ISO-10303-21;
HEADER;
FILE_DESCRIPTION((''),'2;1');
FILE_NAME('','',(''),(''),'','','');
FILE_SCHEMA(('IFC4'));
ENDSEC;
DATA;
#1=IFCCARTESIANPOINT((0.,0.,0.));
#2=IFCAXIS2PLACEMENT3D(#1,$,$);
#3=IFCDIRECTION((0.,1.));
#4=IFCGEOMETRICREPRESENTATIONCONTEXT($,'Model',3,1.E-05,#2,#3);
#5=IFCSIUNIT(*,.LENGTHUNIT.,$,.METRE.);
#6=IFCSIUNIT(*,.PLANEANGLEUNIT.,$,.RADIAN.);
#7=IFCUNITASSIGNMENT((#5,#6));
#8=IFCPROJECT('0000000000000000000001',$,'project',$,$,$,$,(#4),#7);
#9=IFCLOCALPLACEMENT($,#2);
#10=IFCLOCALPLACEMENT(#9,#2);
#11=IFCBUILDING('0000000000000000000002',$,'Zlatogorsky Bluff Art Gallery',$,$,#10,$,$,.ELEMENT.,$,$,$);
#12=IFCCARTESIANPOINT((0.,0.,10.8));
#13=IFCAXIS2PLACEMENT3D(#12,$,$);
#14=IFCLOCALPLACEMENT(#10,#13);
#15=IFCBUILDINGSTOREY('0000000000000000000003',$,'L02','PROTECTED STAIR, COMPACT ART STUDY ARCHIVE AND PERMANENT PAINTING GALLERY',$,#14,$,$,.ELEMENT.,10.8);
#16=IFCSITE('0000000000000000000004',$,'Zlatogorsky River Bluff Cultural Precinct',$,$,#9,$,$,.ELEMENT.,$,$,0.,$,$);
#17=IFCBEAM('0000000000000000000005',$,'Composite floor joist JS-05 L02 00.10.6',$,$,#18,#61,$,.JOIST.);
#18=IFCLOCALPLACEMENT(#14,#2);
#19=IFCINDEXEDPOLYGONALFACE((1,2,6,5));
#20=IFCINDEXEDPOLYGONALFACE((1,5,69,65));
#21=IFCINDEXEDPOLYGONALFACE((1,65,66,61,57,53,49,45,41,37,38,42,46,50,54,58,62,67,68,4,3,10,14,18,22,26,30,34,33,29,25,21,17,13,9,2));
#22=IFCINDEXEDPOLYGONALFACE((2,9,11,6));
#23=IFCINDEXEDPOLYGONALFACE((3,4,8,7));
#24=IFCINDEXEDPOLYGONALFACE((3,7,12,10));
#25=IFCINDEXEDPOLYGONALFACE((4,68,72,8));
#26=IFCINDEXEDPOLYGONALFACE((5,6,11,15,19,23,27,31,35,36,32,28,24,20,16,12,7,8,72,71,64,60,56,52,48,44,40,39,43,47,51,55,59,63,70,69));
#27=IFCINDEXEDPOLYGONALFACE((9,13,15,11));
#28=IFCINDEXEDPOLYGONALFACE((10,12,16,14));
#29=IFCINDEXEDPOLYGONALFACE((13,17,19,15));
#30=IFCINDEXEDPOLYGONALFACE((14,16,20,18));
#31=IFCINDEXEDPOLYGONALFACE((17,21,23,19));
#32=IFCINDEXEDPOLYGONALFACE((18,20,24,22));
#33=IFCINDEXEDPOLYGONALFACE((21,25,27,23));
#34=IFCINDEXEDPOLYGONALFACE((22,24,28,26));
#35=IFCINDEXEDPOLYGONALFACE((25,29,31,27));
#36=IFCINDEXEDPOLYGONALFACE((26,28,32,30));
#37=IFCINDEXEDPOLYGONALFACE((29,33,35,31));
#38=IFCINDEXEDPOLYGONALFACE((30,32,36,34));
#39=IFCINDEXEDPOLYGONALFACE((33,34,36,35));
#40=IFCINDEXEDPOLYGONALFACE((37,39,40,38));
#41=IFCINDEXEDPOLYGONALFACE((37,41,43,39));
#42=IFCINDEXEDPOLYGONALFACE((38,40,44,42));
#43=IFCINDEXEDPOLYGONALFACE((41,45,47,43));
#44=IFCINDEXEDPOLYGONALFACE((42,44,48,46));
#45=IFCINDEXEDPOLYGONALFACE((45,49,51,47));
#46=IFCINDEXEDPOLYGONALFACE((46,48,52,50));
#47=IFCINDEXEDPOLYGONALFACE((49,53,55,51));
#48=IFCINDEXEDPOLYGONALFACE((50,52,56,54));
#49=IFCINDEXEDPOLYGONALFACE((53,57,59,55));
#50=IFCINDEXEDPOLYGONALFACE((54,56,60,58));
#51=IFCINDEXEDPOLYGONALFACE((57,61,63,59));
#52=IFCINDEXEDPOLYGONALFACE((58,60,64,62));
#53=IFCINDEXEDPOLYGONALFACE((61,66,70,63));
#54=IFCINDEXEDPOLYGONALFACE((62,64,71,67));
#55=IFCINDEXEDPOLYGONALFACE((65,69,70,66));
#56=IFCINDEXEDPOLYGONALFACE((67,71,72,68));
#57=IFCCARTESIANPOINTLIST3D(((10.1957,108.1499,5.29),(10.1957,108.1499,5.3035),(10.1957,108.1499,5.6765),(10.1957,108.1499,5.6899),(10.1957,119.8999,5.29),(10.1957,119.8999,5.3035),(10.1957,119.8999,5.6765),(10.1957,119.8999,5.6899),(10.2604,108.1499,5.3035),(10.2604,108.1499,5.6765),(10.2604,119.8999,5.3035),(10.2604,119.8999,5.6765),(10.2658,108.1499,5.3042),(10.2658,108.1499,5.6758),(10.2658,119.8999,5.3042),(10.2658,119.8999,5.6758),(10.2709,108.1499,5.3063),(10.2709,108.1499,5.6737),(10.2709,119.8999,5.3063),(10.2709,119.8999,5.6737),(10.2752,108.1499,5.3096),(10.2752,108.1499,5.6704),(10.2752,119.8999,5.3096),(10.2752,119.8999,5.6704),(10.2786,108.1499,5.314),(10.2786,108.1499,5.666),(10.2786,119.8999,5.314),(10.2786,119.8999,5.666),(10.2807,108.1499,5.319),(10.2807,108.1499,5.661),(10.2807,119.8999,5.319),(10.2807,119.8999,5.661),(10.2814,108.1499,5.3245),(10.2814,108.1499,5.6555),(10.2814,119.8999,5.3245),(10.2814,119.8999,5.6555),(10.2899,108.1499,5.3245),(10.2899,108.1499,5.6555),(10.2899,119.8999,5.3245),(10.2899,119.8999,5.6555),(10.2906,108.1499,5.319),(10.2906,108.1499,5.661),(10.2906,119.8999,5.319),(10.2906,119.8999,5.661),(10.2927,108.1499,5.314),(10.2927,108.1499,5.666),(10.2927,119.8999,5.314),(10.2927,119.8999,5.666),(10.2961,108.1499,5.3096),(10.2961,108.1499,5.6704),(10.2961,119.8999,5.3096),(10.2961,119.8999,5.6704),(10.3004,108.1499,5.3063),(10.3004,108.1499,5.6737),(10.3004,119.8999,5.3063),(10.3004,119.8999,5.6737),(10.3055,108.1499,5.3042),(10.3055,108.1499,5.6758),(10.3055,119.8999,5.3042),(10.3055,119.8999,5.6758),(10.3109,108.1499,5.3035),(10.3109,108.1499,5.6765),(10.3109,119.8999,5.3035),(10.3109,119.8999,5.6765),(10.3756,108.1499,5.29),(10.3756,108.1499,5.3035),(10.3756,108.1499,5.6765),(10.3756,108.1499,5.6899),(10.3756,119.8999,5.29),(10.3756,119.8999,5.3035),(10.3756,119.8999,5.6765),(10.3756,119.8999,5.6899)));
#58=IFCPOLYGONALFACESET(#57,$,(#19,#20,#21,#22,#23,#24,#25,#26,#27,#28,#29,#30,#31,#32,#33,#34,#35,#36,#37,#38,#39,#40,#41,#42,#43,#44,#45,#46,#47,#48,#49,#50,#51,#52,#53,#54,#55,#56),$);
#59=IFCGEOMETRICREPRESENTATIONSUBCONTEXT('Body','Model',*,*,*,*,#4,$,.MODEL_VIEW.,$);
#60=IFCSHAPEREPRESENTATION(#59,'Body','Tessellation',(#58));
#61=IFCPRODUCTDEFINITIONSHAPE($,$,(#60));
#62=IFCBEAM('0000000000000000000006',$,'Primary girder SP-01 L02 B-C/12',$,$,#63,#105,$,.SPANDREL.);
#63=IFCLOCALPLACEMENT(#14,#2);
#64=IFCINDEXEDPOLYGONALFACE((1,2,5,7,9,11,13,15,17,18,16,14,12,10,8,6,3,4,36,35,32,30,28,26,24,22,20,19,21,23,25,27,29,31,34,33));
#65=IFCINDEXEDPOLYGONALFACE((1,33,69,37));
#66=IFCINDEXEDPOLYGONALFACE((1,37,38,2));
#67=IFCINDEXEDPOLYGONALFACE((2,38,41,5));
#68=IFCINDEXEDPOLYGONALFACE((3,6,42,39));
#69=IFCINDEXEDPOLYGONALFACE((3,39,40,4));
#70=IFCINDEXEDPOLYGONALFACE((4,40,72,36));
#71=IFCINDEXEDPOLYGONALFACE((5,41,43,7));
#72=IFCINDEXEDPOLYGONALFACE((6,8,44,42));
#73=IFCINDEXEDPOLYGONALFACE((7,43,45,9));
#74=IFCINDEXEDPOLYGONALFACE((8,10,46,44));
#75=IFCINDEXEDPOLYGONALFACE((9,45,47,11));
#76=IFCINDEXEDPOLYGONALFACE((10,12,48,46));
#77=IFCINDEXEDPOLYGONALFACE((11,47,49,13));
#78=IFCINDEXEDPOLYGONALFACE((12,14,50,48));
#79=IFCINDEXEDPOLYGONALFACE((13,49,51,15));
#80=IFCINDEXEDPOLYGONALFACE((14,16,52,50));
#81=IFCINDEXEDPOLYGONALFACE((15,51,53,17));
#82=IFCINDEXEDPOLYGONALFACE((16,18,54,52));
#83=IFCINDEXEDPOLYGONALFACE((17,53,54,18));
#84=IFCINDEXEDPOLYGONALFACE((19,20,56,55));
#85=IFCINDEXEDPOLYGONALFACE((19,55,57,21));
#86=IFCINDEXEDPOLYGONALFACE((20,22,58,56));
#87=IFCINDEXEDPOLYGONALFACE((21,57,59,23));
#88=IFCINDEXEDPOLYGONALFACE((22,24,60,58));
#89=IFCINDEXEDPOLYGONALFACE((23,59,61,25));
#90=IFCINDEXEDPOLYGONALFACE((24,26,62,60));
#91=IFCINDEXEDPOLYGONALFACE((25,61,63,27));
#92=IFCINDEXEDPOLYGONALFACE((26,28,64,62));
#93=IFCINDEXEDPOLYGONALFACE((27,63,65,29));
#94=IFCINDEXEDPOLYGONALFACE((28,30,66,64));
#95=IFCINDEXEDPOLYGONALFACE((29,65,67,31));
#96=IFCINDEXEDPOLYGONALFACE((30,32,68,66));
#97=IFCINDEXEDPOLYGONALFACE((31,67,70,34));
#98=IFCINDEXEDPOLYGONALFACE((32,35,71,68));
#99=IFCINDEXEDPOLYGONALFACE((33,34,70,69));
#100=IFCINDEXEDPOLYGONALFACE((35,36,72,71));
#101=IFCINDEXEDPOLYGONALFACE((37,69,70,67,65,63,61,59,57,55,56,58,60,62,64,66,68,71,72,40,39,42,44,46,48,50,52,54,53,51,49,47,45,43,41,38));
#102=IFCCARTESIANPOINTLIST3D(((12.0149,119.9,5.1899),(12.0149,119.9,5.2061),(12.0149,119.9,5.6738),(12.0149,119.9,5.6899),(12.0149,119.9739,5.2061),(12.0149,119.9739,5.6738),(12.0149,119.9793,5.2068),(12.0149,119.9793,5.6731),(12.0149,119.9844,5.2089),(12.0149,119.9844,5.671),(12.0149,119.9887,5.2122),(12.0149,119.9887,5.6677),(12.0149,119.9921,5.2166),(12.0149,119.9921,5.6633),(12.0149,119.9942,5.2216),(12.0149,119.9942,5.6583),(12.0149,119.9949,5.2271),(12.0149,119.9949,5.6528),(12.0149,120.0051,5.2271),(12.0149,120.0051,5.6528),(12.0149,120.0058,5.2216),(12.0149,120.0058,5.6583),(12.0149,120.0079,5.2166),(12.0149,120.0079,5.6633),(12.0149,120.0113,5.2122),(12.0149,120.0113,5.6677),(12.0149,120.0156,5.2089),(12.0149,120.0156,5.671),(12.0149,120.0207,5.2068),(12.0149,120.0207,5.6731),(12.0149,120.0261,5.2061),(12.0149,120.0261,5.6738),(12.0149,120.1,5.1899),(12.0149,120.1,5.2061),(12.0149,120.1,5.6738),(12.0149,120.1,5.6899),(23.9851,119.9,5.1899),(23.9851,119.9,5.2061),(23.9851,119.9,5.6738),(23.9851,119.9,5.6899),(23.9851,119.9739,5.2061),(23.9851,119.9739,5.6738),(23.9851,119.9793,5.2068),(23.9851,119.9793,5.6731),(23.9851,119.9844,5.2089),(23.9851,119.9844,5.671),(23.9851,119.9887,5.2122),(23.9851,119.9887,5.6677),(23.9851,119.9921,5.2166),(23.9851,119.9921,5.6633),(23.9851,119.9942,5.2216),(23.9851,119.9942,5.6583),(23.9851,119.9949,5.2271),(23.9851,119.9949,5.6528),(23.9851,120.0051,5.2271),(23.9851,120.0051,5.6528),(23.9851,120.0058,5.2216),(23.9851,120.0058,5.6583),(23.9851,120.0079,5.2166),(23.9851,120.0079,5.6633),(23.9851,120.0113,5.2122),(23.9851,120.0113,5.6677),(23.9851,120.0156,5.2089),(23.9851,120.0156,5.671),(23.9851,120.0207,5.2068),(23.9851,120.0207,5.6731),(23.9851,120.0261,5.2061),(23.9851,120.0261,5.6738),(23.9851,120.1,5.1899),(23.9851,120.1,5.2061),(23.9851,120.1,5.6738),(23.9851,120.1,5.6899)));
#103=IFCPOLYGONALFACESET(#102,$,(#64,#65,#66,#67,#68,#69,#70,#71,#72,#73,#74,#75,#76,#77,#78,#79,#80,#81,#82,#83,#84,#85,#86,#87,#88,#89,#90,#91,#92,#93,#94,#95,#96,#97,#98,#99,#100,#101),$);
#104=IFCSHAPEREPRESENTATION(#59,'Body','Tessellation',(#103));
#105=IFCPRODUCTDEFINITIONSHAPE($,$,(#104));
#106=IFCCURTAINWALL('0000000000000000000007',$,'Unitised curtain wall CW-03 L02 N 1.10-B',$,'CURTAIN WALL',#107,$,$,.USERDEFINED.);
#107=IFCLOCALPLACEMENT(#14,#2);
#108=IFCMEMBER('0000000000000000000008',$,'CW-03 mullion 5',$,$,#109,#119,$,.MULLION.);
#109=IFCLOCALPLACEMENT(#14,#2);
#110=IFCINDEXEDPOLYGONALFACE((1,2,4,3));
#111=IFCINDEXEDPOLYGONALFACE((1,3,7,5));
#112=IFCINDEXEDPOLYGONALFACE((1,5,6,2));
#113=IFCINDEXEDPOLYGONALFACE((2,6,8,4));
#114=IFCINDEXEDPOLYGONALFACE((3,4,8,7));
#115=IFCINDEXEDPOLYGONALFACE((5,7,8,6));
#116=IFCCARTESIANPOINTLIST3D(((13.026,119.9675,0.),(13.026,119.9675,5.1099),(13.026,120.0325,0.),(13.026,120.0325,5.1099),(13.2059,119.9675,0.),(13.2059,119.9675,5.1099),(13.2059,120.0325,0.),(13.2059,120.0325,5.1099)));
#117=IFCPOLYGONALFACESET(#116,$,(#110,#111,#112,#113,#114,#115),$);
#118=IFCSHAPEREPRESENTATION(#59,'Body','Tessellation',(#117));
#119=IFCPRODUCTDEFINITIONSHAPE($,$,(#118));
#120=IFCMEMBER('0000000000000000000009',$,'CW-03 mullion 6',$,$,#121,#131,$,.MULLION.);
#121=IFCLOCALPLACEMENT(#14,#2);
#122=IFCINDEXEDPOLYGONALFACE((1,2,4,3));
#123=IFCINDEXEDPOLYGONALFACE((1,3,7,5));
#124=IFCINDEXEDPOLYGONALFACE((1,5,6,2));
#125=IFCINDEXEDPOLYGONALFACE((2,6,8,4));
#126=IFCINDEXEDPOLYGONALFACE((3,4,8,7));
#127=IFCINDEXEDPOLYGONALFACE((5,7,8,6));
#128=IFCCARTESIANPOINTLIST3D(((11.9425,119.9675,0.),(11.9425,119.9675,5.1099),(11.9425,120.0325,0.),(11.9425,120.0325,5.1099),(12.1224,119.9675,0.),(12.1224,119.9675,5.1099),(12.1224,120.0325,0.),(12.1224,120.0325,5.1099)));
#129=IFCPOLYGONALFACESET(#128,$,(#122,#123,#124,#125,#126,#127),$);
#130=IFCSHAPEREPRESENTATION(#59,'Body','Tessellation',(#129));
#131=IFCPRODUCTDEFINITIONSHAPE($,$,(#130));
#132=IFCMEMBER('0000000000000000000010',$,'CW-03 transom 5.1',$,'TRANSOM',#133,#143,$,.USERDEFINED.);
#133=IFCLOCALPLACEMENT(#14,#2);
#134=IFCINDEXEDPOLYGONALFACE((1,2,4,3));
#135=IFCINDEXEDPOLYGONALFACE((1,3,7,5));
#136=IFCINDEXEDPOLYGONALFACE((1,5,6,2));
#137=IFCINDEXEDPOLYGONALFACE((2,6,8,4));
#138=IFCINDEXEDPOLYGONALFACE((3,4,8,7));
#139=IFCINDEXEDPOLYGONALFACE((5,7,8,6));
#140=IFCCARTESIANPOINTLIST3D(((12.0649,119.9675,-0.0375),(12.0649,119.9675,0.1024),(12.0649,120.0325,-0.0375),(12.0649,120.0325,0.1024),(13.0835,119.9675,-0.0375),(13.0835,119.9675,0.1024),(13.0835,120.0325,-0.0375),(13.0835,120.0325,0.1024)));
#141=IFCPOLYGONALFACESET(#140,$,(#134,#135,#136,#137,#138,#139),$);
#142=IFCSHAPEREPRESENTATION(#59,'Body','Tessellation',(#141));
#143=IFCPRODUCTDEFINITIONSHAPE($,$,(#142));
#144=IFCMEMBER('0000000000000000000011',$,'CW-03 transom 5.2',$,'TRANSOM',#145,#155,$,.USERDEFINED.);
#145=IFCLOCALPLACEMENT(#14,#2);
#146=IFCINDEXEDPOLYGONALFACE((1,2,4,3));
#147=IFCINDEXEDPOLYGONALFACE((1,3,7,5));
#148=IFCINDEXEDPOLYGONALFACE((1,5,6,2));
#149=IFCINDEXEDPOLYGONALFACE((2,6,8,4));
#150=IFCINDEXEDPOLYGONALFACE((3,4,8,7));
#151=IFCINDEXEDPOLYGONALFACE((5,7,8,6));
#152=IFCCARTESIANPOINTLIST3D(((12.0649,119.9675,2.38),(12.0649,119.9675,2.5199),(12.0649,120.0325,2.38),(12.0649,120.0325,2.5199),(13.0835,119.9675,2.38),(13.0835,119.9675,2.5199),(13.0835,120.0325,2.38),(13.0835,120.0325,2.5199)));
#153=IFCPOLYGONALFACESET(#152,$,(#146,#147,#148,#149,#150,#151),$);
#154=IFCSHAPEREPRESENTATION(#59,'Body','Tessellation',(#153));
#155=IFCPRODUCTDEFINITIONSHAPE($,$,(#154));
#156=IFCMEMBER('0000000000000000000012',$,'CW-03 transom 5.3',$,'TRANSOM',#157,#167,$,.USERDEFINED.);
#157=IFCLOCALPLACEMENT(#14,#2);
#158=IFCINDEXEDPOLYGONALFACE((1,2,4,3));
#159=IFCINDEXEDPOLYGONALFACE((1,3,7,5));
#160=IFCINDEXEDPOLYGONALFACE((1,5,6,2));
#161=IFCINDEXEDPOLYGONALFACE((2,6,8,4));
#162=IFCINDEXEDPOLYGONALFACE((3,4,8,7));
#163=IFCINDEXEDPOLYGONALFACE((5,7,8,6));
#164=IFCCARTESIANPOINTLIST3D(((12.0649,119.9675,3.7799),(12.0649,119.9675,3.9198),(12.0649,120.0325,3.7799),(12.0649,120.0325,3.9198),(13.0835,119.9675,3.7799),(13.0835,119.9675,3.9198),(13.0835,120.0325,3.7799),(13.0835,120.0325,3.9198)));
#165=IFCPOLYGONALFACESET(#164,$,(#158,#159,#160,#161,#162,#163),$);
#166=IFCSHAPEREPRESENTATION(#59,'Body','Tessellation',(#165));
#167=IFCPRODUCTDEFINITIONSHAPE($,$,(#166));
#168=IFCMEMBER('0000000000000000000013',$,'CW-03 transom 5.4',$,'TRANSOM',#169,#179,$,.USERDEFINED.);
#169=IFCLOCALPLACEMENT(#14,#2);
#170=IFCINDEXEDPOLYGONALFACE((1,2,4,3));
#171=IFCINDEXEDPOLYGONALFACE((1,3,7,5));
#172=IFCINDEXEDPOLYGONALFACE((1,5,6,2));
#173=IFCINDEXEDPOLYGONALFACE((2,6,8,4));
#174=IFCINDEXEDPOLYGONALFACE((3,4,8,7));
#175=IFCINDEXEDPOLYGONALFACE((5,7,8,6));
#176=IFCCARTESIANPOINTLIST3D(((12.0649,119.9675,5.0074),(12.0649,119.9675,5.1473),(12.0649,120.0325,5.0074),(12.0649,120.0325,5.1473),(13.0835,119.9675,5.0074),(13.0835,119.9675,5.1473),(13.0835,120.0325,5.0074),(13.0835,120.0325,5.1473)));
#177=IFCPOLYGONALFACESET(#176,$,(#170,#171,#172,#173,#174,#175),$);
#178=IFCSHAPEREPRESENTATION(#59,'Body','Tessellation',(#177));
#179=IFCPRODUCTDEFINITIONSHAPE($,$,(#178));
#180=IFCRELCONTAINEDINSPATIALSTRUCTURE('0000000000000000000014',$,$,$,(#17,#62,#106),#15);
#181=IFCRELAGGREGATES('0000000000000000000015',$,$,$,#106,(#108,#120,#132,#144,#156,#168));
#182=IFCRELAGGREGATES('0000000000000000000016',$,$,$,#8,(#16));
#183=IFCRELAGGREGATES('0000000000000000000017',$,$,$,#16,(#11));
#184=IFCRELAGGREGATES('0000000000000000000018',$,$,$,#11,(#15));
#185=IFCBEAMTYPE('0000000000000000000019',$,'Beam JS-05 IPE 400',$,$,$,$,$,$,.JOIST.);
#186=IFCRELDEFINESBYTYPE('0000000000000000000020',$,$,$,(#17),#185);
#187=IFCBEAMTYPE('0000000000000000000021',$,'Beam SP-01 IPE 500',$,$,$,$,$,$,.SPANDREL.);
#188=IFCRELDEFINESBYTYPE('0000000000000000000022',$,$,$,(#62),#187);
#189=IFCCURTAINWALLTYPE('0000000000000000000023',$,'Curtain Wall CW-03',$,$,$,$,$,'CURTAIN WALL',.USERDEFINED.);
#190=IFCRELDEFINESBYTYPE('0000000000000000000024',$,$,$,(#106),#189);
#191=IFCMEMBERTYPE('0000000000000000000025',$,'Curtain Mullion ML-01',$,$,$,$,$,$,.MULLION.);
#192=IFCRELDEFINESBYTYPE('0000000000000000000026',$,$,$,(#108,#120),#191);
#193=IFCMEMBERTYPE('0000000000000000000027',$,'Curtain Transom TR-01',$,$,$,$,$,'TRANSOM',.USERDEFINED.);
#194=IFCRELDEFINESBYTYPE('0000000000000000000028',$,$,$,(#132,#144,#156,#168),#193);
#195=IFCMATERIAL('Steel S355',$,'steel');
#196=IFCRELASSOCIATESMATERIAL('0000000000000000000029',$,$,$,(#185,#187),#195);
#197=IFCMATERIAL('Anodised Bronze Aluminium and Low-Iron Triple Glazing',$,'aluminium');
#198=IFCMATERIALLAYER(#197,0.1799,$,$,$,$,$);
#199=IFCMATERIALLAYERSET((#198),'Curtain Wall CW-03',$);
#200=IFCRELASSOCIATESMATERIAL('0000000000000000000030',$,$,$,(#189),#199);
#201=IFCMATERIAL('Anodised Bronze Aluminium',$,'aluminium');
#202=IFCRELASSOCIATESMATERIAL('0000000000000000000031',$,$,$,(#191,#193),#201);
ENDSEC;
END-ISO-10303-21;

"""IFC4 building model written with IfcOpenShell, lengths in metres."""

from ifc_helpers import new_model, si_unit, direction, frame, origin, origin_2d, place, context, subcontext, project, spatial, rectangle, i_section, extrude, material, layer, layer_set, material_profile, profile_set, type_object, element, aggregate, save


model = new_model("IFC4")

# Units and contexts
model_context = context("Model", 3, precision=1e-05, world=origin(), true_north=direction((0.0, 1.0)))
body_context = subcontext(model_context, "Body", "Model", "MODEL_VIEW")
ifc_project = project(units=[si_unit("LENGTHUNIT", "METRE"), si_unit("PLANEANGLEUNIT", "RADIAN")], contexts=[model_context])

# Site, building, storey
site_placement = place(None, origin())
site = spatial("IfcSite", under=ifc_project, at=site_placement, Name="Zlatogorsky River Bluff Cultural Precinct", CompositionType="ELEMENT", RefElevation=0.0)
building_placement = place(site_placement, origin())
building = spatial("IfcBuilding", under=site, at=building_placement, Name="Zlatogorsky Bluff Art Gallery", CompositionType="ELEMENT")
storey_placement = place(building_placement, frame((0.0, 0.0, 10.8)))
storey = spatial("IfcBuildingStorey", under=building, at=storey_placement, Name="L02", Description="PROTECTED STAIR, COMPACT ART STUDY ARCHIVE AND PERMANENT PAINTING GALLERY", CompositionType="ELEMENT", Elevation=10.8)

# Shared definitions
ifc_material_1 = material(Name="Steel S355", Category="steel")

# Beams
ifc_material_profile_1 = material_profile(ifc_material_1, i_section(OverallWidth=0.1799, OverallDepth=0.3999, WebThickness=0.0085, FlangeThickness=0.0134, FilletRadius=0.021, at=origin_2d()), Name="IPE 400")
ifc_profile_set_1 = profile_set([ifc_material_profile_1], Name="Steel S355")
beam_type_1 = type_object("IfcBeamType", Name="Beam JS-05 IPE 400", PredefinedType="JOIST", material=ifc_profile_set_1)
for number, where, z_axis, x_axis, name in (
    (1, (10.2856, 108.1499, 5.49), (0.0, 1.0, 0.0), (-1.0, 0.0, 0.0), "Composite floor joist JS-05 L02 00.10.6"),
):
    element("IfcBeam", number, at=place(storey_placement, frame(where, z_axis=z_axis, x_axis=x_axis)), inside=storey, type_object=beam_type_1, Name=name, PredefinedType="JOIST", context=body_context, shape_type="SweptSolid", body=[
        extrude(i_section(OverallWidth=0.1799, OverallDepth=0.3999, WebThickness=0.0085, FlangeThickness=0.0134, FilletRadius=0.021, at=origin_2d()), origin(), (0.0, 0.0, 1.0), 11.75),
    ])
ifc_material_profile_2 = material_profile(ifc_material_1, i_section(OverallWidth=0.2, OverallDepth=0.5, WebThickness=0.0103, FlangeThickness=0.0161, FilletRadius=0.021, at=origin_2d()), Name="IPE 500")
ifc_profile_set_2 = profile_set([ifc_material_profile_2], Name="Steel S355")
beam_type_2 = type_object("IfcBeamType", Name="Beam SP-01 IPE 500", PredefinedType="SPANDREL", material=ifc_profile_set_2)
beam_1_placement = place(storey_placement, frame((12.0149, 120.0, 5.4399), z_axis=(1.0, 0.0, 0.0), x_axis=(0.0, 1.0, 0.0)))
element("IfcBeam", 2, at=beam_1_placement, inside=storey, type_object=beam_type_2, Name="Primary girder SP-01 L02 B-C/12", PredefinedType="SPANDREL", context=body_context, shape_type="SweptSolid", body=[
    extrude(i_section(OverallWidth=0.2, OverallDepth=0.5, WebThickness=0.0103, FlangeThickness=0.0161, FilletRadius=0.021, at=origin_2d()), origin(), (0.0, 0.0, 1.0), 11.9702),
])

# Curtain wall, members
ifc_material_2 = material(Name="Anodised Bronze Aluminium and Low-Iron Triple Glazing", Category="aluminium")
ifc_layer_1 = layer(ifc_material_2, 0.1799)
ifc_layer_set_1 = layer_set([ifc_layer_1], Name="Curtain Wall CW-03")
curtain_wall_type = type_object("IfcCurtainWallType", Name="Curtain Wall CW-03", ElementType="CURTAIN WALL", PredefinedType="USERDEFINED", material=ifc_layer_set_1)
curtain_wall_placement = place(storey_placement, origin())
curtain_wall = element("IfcCurtainWall", 3, at=curtain_wall_placement, inside=storey, type_object=curtain_wall_type, Name="Unitised curtain wall CW-03 L02 N 1.10-B", ObjectType="CURTAIN WALL", PredefinedType="USERDEFINED")
ifc_material_3 = material(Name="Anodised Bronze Aluminium", Category="aluminium")
ifc_material_profile_3 = material_profile(ifc_material_3, rectangle(XDim=0.0649, YDim=0.1799, at=origin_2d()), Name="ALU MULLION 65x180")
ifc_profile_set_3 = profile_set([ifc_material_profile_3], Name="Anodised Bronze Aluminium")
member_type_1 = type_object("IfcMemberType", Name="Curtain Mullion ML-01", PredefinedType="MULLION", material=ifc_profile_set_3)
member_1_placement = place(storey_placement, frame((13.116, 120.0, 0.0), z_axis=(0.0, 0.0, 1.0), x_axis=(0.0, -1.0, 0.0)))
member_1 = element("IfcMember", 4, at=member_1_placement, type_object=member_type_1, Name="CW-03 mullion 5", PredefinedType="MULLION", context=body_context, shape_type="SweptSolid", body=[
    extrude(rectangle(XDim=0.0649, YDim=0.1799, at=origin_2d()), origin(), (0.0, 0.0, 1.0), 5.1099),
])
member_2_placement = place(storey_placement, frame((12.0325, 120.0, 0.0), z_axis=(0.0, 0.0, 1.0), x_axis=(0.0, -1.0, 0.0)))
member_2 = element("IfcMember", 5, at=member_2_placement, type_object=member_type_1, Name="CW-03 mullion 6", PredefinedType="MULLION", context=body_context, shape_type="SweptSolid", body=[
    extrude(rectangle(XDim=0.0649, YDim=0.1799, at=origin_2d()), origin(), (0.0, 0.0, 1.0), 5.1099),
])
ifc_material_profile_4 = material_profile(ifc_material_3, rectangle(XDim=0.0649, YDim=0.1399, at=origin_2d()), Name="ALU TRANSOM 65x140")
ifc_profile_set_4 = profile_set([ifc_material_profile_4], Name="Anodised Bronze Aluminium")
member_type_2 = type_object("IfcMemberType", Name="Curtain Transom TR-01", ElementType="TRANSOM", PredefinedType="USERDEFINED", material=ifc_profile_set_4)
member_3_placement = place(storey_placement, frame((13.0835, 120.0, 0.0325), z_axis=(-1.0, 0.0, 0.0), x_axis=(0.0, -1.0, 0.0)))
member_3 = element("IfcMember", 6, at=member_3_placement, type_object=member_type_2, Name="CW-03 transom 5.1", ObjectType="TRANSOM", PredefinedType="USERDEFINED", context=body_context, shape_type="SweptSolid", body=[
    extrude(rectangle(XDim=0.0649, YDim=0.1399, at=origin_2d()), origin(), (0.0, 0.0, 1.0), 1.0186),
])
member_4_placement = place(storey_placement, frame((13.0835, 120.0, 2.45), z_axis=(-1.0, 0.0, 0.0), x_axis=(0.0, -1.0, 0.0)))
member_4 = element("IfcMember", 7, at=member_4_placement, type_object=member_type_2, Name="CW-03 transom 5.2", ObjectType="TRANSOM", PredefinedType="USERDEFINED", context=body_context, shape_type="SweptSolid", body=[
    extrude(rectangle(XDim=0.0649, YDim=0.1399, at=origin_2d()), origin(), (0.0, 0.0, 1.0), 1.0186),
])
member_5_placement = place(storey_placement, frame((13.0835, 120.0, 3.8499), z_axis=(-1.0, 0.0, 0.0), x_axis=(0.0, -1.0, 0.0)))
member_5 = element("IfcMember", 8, at=member_5_placement, type_object=member_type_2, Name="CW-03 transom 5.3", ObjectType="TRANSOM", PredefinedType="USERDEFINED", context=body_context, shape_type="SweptSolid", body=[
    extrude(rectangle(XDim=0.0649, YDim=0.1399, at=origin_2d()), origin(), (0.0, 0.0, 1.0), 1.0186),
])
member_6_placement = place(storey_placement, frame((13.0835, 120.0, 5.0774), z_axis=(-1.0, 0.0, 0.0), x_axis=(0.0, -1.0, 0.0)))
member_6 = element("IfcMember", 9, at=member_6_placement, type_object=member_type_2, Name="CW-03 transom 5.4", ObjectType="TRANSOM", PredefinedType="USERDEFINED", context=body_context, shape_type="SweptSolid", body=[
    extrude(rectangle(XDim=0.0649, YDim=0.1399, at=origin_2d()), origin(), (0.0, 0.0, 1.0), 1.0186),
])
aggregate(curtain_wall, [member_1, member_2, member_3, member_4, member_5, member_6])

save(model, "model.ifc")
